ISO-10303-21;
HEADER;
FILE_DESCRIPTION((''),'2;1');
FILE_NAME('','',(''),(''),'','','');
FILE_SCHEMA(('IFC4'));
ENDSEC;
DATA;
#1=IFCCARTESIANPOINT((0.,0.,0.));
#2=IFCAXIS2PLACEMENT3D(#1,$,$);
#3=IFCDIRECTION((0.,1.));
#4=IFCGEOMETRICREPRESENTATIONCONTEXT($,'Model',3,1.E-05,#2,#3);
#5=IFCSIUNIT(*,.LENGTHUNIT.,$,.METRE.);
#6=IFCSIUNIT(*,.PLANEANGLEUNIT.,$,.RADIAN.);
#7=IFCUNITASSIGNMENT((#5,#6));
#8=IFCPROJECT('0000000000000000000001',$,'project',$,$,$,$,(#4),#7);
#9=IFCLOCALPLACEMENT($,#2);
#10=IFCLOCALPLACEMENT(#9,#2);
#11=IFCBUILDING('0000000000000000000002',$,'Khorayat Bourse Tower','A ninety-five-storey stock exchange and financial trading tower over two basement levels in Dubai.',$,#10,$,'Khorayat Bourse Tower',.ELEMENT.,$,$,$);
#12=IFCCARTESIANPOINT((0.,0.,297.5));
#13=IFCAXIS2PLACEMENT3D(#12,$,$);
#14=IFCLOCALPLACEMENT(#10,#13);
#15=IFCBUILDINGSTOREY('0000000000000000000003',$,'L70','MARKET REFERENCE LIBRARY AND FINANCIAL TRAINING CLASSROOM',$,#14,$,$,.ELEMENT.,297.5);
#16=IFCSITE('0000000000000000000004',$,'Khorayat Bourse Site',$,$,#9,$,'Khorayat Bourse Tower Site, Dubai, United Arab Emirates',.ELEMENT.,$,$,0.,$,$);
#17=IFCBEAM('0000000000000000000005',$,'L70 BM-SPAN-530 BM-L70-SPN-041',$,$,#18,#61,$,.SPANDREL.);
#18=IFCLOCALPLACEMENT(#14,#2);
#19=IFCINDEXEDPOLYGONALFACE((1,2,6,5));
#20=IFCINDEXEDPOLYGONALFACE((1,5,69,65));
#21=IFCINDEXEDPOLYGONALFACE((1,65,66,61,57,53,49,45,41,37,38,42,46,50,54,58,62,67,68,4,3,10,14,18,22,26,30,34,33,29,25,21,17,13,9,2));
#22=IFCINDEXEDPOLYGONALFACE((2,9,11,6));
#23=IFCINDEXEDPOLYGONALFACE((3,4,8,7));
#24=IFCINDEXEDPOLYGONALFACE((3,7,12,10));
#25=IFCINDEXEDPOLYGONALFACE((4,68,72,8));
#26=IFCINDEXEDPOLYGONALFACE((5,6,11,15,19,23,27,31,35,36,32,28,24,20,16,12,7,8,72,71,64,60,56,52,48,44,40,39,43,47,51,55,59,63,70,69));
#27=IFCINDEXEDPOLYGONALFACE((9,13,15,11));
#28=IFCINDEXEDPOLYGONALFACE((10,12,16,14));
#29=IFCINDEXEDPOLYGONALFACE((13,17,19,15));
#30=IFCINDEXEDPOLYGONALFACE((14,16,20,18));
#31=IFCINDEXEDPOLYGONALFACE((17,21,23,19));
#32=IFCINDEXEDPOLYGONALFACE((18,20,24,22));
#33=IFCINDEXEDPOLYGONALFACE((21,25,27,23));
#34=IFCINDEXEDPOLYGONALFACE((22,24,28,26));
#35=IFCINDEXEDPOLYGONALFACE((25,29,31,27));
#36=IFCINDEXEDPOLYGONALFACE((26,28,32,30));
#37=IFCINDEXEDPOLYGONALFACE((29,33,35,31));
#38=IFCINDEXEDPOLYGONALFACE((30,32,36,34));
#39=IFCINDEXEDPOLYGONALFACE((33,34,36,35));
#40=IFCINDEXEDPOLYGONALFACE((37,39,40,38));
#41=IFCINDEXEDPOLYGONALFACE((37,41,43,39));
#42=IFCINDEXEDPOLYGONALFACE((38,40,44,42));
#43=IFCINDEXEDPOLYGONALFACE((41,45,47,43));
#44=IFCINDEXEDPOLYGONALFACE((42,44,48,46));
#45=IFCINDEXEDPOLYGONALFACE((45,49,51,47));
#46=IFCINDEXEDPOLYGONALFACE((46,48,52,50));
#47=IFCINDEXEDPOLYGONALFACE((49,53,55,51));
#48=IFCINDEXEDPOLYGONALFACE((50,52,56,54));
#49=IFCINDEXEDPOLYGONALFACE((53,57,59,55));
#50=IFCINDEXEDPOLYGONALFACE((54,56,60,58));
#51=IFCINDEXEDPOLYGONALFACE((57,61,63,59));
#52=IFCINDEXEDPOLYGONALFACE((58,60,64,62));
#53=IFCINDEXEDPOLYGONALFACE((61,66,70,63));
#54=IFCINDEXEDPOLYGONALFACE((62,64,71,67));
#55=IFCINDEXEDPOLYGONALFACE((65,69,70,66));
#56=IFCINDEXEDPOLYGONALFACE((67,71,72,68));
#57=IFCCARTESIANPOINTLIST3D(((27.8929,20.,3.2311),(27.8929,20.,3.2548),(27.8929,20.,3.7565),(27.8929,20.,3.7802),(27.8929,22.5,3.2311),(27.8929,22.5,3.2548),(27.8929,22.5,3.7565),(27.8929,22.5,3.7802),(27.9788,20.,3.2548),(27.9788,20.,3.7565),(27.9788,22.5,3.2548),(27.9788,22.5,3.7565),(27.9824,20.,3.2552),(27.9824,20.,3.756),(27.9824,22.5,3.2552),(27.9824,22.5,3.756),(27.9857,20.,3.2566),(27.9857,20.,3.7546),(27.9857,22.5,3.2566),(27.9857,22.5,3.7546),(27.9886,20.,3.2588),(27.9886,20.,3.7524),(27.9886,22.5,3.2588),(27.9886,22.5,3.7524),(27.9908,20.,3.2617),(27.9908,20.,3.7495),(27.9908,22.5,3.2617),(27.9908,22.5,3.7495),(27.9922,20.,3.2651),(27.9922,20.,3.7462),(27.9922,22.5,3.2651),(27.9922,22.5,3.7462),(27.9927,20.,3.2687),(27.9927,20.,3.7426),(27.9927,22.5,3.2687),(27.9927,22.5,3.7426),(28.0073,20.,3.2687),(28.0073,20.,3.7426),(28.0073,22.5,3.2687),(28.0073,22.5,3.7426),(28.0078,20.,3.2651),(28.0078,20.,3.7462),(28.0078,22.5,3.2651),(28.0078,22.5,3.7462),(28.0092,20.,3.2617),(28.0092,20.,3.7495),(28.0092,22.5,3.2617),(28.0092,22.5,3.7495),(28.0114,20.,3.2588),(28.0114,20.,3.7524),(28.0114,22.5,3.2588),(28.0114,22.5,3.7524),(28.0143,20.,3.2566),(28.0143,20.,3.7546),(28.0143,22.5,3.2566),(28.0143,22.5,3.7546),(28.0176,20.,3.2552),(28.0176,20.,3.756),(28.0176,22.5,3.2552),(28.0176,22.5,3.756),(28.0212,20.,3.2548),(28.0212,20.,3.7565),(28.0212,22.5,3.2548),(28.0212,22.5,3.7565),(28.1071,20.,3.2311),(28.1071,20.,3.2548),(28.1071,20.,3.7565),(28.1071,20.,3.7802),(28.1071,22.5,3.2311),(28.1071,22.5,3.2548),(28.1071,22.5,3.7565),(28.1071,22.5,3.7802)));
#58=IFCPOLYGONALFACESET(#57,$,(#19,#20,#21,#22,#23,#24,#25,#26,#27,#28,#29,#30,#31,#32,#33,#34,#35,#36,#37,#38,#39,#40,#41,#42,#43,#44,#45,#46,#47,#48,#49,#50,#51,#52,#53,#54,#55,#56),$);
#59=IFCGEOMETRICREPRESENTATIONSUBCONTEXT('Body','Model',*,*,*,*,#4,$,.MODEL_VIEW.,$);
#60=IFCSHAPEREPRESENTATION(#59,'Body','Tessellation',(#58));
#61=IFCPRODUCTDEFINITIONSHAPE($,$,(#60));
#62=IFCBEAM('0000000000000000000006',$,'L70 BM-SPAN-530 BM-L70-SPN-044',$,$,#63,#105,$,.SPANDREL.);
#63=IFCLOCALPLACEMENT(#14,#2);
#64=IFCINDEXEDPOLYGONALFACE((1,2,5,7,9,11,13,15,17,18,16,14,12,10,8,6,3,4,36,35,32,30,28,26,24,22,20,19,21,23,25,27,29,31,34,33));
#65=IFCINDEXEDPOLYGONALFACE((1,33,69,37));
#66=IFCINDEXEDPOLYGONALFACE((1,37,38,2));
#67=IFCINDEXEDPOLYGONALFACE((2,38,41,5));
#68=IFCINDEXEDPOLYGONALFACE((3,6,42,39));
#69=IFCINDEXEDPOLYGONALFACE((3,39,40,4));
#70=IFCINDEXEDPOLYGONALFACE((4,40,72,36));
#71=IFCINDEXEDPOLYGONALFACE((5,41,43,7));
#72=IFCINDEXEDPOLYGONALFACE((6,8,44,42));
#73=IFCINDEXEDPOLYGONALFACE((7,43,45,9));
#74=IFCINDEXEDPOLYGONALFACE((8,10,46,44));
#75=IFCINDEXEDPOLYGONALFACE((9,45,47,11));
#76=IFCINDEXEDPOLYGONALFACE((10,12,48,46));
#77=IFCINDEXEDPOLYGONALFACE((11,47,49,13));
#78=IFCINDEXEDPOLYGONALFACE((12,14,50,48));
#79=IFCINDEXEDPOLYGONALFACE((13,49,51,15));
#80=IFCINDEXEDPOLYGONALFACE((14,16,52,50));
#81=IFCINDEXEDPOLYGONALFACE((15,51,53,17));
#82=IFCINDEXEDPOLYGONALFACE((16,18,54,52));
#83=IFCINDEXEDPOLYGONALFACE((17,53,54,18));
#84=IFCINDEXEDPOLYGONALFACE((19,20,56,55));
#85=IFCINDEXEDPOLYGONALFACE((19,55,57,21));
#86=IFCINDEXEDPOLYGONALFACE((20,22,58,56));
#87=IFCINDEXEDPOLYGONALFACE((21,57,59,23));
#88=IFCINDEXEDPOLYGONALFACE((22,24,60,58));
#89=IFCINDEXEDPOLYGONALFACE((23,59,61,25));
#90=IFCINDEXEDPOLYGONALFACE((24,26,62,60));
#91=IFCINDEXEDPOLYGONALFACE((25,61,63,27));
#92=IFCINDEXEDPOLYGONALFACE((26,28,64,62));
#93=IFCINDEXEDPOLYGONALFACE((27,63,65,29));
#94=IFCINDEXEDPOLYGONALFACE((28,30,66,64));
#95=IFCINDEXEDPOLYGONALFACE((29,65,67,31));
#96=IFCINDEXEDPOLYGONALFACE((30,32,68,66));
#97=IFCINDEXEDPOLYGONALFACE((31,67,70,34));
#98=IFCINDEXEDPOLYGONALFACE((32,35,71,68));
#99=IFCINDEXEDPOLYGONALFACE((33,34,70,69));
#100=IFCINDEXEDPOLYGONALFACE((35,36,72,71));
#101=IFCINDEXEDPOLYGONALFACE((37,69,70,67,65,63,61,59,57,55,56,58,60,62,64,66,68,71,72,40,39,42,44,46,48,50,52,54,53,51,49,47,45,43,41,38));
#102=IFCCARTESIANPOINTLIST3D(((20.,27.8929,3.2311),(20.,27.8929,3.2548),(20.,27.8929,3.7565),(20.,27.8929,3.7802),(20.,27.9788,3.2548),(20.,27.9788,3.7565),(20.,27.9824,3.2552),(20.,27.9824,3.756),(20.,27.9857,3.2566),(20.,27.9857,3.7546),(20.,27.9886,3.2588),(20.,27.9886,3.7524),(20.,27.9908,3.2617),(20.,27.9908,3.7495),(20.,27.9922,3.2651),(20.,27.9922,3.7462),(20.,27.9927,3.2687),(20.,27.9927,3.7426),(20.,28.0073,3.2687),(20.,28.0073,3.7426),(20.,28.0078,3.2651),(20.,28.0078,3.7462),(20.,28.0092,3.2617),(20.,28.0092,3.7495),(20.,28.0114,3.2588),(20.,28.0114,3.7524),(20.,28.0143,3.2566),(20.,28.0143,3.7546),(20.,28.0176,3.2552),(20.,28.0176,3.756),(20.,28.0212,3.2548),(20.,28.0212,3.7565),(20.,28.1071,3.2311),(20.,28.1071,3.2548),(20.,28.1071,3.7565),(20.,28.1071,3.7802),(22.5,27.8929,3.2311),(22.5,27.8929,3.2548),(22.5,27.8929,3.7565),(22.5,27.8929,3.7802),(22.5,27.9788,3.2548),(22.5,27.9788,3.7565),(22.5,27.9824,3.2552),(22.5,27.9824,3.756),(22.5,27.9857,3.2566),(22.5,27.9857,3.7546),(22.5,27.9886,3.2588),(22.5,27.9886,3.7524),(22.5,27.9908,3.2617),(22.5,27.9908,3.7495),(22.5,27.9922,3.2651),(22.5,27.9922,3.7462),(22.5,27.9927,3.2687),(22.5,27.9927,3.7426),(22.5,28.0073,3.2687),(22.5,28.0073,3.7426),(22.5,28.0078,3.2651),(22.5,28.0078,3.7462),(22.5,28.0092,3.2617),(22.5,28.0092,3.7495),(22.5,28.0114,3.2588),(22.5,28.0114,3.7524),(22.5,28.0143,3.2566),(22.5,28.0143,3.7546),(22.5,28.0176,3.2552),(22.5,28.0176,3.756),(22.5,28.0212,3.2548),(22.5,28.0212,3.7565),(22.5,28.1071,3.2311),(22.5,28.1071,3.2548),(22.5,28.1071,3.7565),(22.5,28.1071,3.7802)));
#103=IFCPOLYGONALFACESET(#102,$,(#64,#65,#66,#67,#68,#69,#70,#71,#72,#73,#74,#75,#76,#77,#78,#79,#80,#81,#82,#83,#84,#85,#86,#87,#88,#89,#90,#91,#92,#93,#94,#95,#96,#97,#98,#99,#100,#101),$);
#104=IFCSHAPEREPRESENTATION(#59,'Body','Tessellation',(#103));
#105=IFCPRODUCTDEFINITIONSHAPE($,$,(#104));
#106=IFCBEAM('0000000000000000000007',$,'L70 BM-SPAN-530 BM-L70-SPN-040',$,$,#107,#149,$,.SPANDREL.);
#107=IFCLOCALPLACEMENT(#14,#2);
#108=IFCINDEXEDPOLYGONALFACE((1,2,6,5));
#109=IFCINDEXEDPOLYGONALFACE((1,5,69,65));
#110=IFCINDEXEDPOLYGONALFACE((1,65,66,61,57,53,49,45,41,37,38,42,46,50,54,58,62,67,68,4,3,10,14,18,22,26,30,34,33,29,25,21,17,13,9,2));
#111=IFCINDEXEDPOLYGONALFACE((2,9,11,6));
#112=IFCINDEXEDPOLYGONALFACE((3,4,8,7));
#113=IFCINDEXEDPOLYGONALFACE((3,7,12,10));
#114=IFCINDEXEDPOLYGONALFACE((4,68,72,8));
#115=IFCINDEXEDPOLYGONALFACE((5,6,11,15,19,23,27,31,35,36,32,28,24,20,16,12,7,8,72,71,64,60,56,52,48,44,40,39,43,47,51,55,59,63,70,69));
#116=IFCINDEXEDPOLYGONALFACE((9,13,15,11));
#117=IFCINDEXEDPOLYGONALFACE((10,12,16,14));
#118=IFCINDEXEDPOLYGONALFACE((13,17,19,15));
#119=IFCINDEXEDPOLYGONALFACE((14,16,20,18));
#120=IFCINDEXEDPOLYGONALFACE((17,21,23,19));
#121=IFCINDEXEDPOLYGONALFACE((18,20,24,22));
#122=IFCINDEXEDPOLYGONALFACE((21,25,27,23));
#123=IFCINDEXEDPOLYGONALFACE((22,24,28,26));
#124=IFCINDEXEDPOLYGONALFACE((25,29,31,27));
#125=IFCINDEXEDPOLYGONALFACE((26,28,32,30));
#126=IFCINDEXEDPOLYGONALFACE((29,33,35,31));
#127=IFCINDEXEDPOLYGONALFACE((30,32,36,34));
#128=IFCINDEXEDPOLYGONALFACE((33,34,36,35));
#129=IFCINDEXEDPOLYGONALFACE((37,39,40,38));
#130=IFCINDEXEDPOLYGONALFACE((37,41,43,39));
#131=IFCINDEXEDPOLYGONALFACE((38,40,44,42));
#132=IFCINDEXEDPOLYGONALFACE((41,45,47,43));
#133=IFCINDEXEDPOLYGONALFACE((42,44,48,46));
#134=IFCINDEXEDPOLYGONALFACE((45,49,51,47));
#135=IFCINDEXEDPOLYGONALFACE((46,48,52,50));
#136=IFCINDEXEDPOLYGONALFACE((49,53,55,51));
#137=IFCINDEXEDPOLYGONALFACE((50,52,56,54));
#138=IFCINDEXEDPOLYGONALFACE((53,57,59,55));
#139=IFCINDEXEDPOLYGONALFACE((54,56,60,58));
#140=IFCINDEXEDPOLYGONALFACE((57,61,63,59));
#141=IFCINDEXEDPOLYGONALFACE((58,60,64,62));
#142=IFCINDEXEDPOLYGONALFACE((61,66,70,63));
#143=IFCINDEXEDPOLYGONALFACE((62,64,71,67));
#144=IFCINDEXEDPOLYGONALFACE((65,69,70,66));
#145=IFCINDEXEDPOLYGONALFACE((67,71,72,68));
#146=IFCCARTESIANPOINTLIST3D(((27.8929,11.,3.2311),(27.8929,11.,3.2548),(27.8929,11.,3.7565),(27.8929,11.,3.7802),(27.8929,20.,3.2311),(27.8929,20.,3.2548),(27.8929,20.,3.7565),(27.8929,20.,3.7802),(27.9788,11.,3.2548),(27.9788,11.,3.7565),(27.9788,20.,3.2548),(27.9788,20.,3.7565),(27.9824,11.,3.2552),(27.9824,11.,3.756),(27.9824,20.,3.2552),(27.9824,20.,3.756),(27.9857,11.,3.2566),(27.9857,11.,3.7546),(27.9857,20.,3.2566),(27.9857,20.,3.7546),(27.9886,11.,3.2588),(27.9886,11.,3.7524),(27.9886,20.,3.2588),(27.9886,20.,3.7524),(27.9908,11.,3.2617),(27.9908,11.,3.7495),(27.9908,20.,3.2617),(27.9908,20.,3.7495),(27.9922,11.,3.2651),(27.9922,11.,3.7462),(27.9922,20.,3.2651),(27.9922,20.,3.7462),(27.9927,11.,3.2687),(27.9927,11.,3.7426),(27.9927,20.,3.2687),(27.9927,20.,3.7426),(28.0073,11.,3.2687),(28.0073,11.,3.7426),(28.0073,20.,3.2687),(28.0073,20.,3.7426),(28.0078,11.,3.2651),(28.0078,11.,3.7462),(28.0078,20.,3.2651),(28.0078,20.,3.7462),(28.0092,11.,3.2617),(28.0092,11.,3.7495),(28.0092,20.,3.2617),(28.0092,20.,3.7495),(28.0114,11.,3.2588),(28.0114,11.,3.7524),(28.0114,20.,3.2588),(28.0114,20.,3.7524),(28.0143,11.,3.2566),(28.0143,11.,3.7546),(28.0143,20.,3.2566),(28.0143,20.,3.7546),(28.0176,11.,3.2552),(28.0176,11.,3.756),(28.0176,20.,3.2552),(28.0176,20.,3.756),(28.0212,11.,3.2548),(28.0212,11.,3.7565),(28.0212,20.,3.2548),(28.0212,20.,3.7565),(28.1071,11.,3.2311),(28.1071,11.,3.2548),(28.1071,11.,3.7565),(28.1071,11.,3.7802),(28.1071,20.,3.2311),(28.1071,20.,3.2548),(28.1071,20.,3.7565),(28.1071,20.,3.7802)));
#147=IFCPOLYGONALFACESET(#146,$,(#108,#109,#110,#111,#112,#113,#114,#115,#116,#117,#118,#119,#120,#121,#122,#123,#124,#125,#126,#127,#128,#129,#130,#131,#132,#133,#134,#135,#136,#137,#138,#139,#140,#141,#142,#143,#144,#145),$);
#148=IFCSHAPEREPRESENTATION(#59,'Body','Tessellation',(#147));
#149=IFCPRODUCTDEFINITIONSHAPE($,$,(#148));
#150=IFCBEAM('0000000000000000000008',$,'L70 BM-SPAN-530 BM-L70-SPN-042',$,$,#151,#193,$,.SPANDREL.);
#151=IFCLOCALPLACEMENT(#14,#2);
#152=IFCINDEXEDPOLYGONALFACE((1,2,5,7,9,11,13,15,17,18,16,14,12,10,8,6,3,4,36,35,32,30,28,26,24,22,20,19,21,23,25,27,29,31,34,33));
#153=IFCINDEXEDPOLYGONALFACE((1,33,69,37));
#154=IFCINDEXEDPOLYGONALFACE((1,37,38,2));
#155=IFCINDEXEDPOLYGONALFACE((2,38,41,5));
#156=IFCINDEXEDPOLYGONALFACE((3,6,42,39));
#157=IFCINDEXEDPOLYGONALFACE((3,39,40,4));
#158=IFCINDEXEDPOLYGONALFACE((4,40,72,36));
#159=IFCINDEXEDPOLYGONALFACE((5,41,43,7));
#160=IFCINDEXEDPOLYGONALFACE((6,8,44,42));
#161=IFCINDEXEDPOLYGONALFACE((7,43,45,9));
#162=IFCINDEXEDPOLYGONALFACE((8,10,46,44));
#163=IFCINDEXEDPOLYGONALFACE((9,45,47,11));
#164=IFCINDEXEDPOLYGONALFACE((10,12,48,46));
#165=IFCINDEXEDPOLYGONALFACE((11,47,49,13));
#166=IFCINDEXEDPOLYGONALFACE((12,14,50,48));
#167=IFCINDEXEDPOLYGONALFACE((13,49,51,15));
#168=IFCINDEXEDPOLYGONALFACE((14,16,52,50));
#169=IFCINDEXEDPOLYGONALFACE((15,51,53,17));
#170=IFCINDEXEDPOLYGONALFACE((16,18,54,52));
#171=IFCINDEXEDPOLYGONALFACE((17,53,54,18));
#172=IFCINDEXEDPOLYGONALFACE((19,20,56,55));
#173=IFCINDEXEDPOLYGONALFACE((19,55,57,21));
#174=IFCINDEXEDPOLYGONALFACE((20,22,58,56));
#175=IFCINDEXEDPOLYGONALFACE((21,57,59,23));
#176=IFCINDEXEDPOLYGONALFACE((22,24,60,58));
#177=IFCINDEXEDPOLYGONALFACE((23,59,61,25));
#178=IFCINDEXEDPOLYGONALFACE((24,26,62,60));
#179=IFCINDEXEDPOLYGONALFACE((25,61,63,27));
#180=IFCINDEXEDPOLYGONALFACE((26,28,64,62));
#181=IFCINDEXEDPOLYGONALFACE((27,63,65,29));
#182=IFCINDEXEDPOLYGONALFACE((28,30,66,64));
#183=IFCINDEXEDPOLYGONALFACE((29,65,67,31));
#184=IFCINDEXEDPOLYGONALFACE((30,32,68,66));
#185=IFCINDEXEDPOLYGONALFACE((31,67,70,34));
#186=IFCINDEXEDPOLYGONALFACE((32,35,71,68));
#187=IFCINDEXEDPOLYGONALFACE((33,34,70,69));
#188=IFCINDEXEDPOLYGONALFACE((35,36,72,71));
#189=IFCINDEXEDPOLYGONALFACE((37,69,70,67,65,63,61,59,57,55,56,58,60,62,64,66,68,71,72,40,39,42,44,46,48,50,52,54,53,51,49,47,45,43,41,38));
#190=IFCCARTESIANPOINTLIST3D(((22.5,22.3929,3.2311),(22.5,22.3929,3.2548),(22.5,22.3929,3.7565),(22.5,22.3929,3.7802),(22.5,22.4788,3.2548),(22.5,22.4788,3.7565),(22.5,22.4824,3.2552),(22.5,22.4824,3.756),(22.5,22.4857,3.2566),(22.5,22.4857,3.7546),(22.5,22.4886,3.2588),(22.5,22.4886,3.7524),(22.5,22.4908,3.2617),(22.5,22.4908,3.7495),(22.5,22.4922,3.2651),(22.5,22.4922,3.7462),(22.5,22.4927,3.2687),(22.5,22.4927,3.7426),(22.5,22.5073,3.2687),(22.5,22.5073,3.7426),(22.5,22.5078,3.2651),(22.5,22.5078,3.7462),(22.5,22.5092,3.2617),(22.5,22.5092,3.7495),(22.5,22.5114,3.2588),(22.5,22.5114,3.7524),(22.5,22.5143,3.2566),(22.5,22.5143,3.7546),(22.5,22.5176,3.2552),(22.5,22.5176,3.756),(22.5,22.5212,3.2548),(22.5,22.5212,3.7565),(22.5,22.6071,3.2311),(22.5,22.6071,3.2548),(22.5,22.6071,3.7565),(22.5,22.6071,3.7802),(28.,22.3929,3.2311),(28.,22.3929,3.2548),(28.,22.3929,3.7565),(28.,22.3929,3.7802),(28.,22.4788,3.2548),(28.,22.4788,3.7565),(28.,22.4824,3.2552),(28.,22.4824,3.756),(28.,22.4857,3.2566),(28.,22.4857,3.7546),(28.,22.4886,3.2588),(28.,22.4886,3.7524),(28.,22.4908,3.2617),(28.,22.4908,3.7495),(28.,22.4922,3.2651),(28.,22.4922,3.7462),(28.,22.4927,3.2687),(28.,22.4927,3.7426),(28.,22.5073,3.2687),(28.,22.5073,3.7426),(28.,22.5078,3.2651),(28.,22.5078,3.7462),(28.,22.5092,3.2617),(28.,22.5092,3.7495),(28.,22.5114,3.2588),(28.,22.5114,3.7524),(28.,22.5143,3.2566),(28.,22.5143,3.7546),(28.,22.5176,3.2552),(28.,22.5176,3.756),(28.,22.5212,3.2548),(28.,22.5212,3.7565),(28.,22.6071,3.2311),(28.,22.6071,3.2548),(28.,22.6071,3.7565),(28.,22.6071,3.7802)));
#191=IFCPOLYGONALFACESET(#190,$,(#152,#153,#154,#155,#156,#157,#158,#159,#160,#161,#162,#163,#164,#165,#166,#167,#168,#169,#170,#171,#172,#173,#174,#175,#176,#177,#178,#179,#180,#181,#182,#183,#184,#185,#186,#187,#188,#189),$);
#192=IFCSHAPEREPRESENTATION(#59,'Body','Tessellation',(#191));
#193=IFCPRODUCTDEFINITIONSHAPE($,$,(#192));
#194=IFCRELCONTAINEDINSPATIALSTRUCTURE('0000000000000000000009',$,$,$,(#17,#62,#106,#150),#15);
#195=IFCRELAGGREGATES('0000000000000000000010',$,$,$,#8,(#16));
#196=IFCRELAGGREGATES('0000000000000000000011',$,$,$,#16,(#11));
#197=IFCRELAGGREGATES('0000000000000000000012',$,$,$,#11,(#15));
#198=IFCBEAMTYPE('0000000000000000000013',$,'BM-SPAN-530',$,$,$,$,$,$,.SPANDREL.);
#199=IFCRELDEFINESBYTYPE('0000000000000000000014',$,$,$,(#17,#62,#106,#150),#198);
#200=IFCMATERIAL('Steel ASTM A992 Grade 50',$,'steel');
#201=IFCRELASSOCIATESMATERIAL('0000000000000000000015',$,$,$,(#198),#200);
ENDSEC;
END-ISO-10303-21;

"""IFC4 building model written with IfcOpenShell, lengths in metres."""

from ifc_helpers import new_model, si_unit, direction, frame, origin, origin_2d, place, context, subcontext, project, spatial, i_section, extrude, source, transform, mapped, material, material_profile, profile_set, type_object, element, save


model = new_model("IFC4")

# Units and contexts
model_context = context("Model", 3, precision=1e-05, world=origin(), true_north=direction((0.0, 1.0)))
body_context = subcontext(model_context, "Body", "Model", "MODEL_VIEW")
ifc_project = project(units=[si_unit("LENGTHUNIT", "METRE"), si_unit("PLANEANGLEUNIT", "RADIAN")], contexts=[model_context])

# Site, building, storey
site_placement = place(None, origin())
site = spatial("IfcSite", under=ifc_project, at=site_placement, Name="Khorayat Bourse Site", LongName="Khorayat Bourse Tower Site, Dubai, United Arab Emirates", CompositionType="ELEMENT", RefElevation=0.0)
building_placement = place(site_placement, origin())
building = spatial("IfcBuilding", under=site, at=building_placement, Name="Khorayat Bourse Tower", Description="A ninety-five-storey stock exchange and financial trading tower over two basement levels in Dubai.", LongName="Khorayat Bourse Tower", CompositionType="ELEMENT")
storey_placement = place(building_placement, frame((0.0, 0.0, 297.5)))
storey = spatial("IfcBuildingStorey", under=building, at=storey_placement, Name="L70", Description="MARKET REFERENCE LIBRARY AND FINANCIAL TRAINING CLASSROOM", CompositionType="ELEMENT", Elevation=297.5)

# Beams
ifc_material_1 = material(Name="Steel ASTM A992 Grade 50", Category="steel")
ifc_material_profile_1 = material_profile(ifc_material_1, i_section(OverallWidth=0.2141, OverallDepth=0.5491, WebThickness=0.0146, FlangeThickness=0.0237, FilletRadius=0.0139, at=origin_2d()), Name="W530X138")
ifc_profile_set_1 = profile_set([ifc_material_profile_1], Name="Steel ASTM A992 Grade 50")
beam_type_1 = type_object("IfcBeamType", Name="BM-SPAN-530", PredefinedType="SPANDREL", material=ifc_profile_set_1)
shared_shape_1 = source(origin(), body_context, "Body", "SweptSolid", [
    extrude(i_section(OverallWidth=0.2141, OverallDepth=0.5491, WebThickness=0.0146, FlangeThickness=0.0237, FilletRadius=0.0139, at=origin_2d()), origin(), (0.0, 0.0, 1.0), 2.5),
])
for number, where, z_axis, x_axis, name in (
    (1, (28.0, 20.0, 3.5056), (0.0, 1.0, 0.0), (-1.0, 0.0, 0.0), "L70 BM-SPAN-530 BM-L70-SPN-041"),
    (2, (20.0, 28.0, 3.5056), (1.0, 0.0, 0.0), (0.0, 1.0, 0.0), "L70 BM-SPAN-530 BM-L70-SPN-044"),
):
    element("IfcBeam", number, at=place(storey_placement, frame(where, z_axis=z_axis, x_axis=x_axis)), inside=storey, type_object=beam_type_1, Name=name, PredefinedType="SPANDREL", context=body_context, shape_type="MappedRepresentation", body=[
        mapped(shared_shape_1, transform((0.0, 0.0, 0.0), scale=1.0)),
    ])
shared_shape_2 = source(origin(), body_context, "Body", "SweptSolid", [
    extrude(i_section(OverallWidth=0.2141, OverallDepth=0.5491, WebThickness=0.0146, FlangeThickness=0.0237, FilletRadius=0.0139, at=origin_2d()), origin(), (0.0, 0.0, 1.0), 9.0),
])
beam_1_placement = place(storey_placement, frame((28.0, 11.0, 3.5056), z_axis=(0.0, 1.0, 0.0), x_axis=(-1.0, 0.0, 0.0)))
element("IfcBeam", 3, at=beam_1_placement, inside=storey, type_object=beam_type_1, Name="L70 BM-SPAN-530 BM-L70-SPN-040", PredefinedType="SPANDREL", context=body_context, shape_type="MappedRepresentation", body=[
    mapped(shared_shape_2, transform((0.0, 0.0, 0.0), scale=1.0)),
])
shared_shape_3 = source(origin(), body_context, "Body", "SweptSolid", [
    extrude(i_section(OverallWidth=0.2141, OverallDepth=0.5491, WebThickness=0.0146, FlangeThickness=0.0237, FilletRadius=0.0139, at=origin_2d()), origin(), (0.0, 0.0, 1.0), 5.5),
])
for number, where, z_axis, x_axis, name in (
    (4, (22.5, 22.5, 3.5056), (1.0, 0.0, 0.0), (0.0, 1.0, 0.0), "L70 BM-SPAN-530 BM-L70-SPN-042"),
):
    element("IfcBeam", number, at=place(storey_placement, frame(where, z_axis=z_axis, x_axis=x_axis)), inside=storey, type_object=beam_type_1, Name=name, PredefinedType="SPANDREL", context=body_context, shape_type="MappedRepresentation", body=[
        mapped(shared_shape_3, transform((0.0, 0.0, 0.0), scale=1.0)),
    ])

save(model, "model.ifc")
